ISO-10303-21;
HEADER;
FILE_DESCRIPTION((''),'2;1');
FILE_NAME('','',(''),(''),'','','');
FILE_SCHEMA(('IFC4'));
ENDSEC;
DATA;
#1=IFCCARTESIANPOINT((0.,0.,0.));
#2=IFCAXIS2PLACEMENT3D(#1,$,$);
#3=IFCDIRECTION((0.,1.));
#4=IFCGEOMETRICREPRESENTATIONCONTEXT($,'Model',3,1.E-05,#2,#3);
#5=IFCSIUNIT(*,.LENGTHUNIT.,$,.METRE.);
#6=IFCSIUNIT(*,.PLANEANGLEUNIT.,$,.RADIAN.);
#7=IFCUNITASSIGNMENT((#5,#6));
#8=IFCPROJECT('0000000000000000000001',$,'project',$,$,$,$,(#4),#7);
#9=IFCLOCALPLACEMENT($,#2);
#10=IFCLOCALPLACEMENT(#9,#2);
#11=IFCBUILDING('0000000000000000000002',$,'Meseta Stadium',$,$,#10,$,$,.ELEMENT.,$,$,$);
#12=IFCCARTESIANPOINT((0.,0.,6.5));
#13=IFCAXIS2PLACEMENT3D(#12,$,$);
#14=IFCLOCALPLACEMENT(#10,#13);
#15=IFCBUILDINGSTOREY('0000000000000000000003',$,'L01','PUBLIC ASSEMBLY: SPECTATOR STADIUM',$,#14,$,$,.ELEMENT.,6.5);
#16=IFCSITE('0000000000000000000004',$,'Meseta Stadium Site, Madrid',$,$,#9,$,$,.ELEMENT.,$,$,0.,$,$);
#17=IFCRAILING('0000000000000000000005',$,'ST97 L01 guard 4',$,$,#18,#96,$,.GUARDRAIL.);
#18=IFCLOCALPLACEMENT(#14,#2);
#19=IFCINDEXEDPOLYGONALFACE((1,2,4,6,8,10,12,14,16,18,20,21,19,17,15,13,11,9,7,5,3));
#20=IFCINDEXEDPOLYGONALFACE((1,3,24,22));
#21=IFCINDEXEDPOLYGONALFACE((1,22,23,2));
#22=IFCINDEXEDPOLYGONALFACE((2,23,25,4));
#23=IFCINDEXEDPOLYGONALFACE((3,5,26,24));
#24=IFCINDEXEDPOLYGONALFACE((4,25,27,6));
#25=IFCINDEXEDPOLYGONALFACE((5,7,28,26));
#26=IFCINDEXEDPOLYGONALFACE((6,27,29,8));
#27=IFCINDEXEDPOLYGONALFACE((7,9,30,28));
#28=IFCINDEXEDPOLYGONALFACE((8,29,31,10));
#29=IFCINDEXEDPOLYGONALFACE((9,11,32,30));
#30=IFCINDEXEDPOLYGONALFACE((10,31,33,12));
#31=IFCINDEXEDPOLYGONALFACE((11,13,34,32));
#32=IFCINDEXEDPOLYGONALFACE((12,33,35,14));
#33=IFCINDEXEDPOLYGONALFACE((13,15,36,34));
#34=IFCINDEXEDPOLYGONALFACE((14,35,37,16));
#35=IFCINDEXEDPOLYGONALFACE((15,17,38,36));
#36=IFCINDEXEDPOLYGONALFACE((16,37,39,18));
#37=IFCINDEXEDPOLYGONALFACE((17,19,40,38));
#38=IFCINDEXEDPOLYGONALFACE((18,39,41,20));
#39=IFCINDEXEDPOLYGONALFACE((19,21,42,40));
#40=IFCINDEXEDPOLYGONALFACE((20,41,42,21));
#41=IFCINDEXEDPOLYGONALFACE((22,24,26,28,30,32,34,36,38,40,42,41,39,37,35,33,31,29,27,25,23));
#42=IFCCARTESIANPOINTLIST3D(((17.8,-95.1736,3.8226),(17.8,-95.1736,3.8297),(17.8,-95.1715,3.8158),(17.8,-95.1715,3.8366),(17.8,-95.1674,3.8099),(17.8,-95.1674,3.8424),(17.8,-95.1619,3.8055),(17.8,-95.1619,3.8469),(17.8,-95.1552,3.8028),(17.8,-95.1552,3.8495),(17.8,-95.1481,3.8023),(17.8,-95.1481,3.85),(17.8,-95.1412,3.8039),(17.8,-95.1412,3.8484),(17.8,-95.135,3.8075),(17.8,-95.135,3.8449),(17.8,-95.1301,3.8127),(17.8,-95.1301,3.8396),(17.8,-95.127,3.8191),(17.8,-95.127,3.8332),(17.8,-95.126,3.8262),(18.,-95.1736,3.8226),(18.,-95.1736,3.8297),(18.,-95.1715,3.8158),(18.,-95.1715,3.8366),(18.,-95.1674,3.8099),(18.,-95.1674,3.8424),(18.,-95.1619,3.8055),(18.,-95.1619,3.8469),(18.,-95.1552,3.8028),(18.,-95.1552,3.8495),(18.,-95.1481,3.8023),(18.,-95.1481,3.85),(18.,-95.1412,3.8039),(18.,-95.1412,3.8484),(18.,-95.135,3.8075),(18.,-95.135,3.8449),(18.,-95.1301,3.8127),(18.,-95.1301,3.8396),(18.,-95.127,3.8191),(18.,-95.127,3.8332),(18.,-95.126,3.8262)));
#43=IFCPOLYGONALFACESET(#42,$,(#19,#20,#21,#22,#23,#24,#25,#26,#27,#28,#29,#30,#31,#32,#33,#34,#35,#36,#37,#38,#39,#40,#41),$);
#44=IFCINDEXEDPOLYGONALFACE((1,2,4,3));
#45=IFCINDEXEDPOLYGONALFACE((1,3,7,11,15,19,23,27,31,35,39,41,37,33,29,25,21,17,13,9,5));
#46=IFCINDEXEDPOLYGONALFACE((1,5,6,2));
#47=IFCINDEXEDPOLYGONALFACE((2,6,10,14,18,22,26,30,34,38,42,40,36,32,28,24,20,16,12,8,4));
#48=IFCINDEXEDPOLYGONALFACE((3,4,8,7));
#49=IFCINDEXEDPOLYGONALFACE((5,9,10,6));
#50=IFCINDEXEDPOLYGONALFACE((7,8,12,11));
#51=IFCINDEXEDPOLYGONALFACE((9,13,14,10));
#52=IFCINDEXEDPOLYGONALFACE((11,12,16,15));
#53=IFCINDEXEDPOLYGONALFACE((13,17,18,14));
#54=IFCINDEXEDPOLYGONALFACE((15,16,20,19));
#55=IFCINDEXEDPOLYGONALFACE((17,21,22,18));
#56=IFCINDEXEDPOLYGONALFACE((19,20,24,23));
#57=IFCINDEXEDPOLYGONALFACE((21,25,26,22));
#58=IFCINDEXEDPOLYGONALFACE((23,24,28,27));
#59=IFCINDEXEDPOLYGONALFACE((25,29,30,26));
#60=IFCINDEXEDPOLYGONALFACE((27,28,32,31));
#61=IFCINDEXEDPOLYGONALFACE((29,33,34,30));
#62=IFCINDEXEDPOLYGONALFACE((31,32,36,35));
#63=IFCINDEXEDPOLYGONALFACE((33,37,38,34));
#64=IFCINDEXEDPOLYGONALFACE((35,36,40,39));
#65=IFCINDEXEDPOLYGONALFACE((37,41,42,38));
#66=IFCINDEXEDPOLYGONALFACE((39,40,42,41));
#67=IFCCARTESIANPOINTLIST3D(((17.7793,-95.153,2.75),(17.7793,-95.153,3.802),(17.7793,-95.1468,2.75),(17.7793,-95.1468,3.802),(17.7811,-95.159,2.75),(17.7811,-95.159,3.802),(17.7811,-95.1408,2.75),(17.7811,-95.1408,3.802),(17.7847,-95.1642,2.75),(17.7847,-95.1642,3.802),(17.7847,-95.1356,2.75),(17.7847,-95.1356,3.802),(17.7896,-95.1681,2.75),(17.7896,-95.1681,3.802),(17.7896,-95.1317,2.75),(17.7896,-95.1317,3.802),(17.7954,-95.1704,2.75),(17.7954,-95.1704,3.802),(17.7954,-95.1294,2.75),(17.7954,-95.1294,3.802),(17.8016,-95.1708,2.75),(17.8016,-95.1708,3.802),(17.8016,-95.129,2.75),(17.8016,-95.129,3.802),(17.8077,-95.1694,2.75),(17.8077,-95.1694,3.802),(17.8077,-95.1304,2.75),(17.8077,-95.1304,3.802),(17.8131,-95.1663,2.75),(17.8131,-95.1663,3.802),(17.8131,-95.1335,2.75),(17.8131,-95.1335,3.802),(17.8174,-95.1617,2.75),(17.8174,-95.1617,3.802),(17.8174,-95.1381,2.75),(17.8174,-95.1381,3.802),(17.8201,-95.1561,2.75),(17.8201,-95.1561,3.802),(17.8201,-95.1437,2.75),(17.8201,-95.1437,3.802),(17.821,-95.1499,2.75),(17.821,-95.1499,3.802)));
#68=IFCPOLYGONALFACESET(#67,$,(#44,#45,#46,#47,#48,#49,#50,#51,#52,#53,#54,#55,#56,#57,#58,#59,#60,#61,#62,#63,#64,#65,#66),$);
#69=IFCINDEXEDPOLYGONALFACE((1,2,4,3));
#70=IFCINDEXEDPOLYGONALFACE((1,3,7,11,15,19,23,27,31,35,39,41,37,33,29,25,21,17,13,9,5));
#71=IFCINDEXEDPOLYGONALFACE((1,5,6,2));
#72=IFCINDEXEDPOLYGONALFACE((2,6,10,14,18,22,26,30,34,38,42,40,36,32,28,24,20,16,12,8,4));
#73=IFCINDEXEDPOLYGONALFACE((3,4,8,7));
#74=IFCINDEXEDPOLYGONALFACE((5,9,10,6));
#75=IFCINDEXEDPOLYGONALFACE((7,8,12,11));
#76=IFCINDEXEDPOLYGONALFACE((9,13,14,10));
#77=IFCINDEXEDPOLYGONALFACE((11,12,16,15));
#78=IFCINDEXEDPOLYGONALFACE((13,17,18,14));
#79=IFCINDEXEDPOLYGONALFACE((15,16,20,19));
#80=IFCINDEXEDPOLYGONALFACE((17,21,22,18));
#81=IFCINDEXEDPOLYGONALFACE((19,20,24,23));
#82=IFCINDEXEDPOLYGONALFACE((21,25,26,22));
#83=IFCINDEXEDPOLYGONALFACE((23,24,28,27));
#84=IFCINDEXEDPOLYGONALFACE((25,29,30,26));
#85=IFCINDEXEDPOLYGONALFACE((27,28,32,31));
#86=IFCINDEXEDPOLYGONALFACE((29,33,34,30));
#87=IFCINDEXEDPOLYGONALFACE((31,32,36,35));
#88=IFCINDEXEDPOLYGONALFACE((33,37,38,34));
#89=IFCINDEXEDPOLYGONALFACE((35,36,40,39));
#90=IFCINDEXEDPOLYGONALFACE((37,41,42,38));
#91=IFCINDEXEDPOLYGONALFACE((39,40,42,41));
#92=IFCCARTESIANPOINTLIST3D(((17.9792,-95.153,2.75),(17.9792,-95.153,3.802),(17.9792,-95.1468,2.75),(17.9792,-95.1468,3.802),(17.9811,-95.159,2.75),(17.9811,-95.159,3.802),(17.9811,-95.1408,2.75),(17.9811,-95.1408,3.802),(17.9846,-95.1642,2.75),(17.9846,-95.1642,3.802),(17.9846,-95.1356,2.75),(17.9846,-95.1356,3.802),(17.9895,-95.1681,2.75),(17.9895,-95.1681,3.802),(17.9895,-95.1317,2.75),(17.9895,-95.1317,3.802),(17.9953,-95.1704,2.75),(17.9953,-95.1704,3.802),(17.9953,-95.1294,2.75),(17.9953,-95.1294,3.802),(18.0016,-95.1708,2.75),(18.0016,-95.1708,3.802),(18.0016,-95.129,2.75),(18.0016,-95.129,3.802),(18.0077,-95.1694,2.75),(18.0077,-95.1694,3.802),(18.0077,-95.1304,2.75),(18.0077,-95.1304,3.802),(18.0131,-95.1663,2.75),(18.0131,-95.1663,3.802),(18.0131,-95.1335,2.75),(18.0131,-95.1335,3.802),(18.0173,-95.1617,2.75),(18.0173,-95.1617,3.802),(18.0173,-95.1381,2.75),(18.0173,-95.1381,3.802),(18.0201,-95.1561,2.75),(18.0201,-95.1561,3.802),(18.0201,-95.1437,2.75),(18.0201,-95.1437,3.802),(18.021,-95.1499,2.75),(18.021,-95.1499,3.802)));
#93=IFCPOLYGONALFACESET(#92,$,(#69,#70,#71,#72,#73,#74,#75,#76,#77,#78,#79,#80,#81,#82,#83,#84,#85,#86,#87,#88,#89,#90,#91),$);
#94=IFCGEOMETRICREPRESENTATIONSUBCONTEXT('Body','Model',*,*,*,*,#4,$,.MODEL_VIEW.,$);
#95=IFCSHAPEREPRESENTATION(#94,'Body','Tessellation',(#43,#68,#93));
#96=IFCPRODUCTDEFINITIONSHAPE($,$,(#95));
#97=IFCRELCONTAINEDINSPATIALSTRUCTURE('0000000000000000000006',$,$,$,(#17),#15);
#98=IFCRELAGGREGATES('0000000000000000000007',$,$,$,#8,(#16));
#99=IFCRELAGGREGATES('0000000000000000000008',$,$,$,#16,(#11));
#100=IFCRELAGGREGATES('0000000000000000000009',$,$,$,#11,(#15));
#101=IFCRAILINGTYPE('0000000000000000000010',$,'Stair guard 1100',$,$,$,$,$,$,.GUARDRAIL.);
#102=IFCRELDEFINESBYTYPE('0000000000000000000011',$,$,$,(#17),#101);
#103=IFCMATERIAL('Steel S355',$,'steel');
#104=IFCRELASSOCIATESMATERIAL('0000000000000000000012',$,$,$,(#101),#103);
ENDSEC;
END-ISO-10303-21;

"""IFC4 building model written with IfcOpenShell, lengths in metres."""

from ifc_helpers import new_model, si_unit, direction, frame, origin, origin_2d, place, context, subcontext, project, spatial, circle, extrude, material, type_object, element, save


model = new_model("IFC4")

# Units and contexts
model_context = context("Model", 3, precision=1e-05, world=origin(), true_north=direction((0.0, 1.0)))
body_context = subcontext(model_context, "Body", "Model", "MODEL_VIEW")
ifc_project = project(units=[si_unit("LENGTHUNIT", "METRE"), si_unit("PLANEANGLEUNIT", "RADIAN")], contexts=[model_context])

# Site, building, storey
site_placement = place(None, origin())
site = spatial("IfcSite", under=ifc_project, at=site_placement, Name="Meseta Stadium Site, Madrid", CompositionType="ELEMENT", RefElevation=0.0)
building_placement = place(site_placement, origin())
building = spatial("IfcBuilding", under=site, at=building_placement, Name="Meseta Stadium", CompositionType="ELEMENT")
storey_placement = place(building_placement, frame((0.0, 0.0, 6.5)))
storey = spatial("IfcBuildingStorey", under=building, at=storey_placement, Name="L01", Description="PUBLIC ASSEMBLY: SPECTATOR STADIUM", CompositionType="ELEMENT", Elevation=6.5)

# Railing
ifc_material_1 = material(Name="Steel S355", Category="steel")
railing_type_1 = type_object("IfcRailingType", Name="Stair guard 1100", PredefinedType="GUARDRAIL", material=ifc_material_1)
railing_1_placement = place(storey_placement, frame((17.8, -95.1499, 2.75)))
element("IfcRailing", 1, at=railing_1_placement, inside=storey, type_object=railing_type_1, Name="ST97 L01 guard 4", PredefinedType="GUARDRAIL", context=body_context, shape_type="SweptSolid", body=[
    extrude(circle(Radius=0.0239, at=origin_2d()), frame((0.0, 0.0, 1.0762), z_axis=(1.0, 0.0, 0.0), x_axis=(0.0, 1.0, 0.0)), (0.0, 0.0, 1.0), 0.2),
    extrude(circle(Radius=0.021, at=origin_2d()), origin(), (0.0, 0.0, 1.0), 1.052),
    extrude(circle(Radius=0.021, at=origin_2d()), frame((0.2, 0.0, 0.0)), (0.0, 0.0, 1.0), 1.052),
])

save(model, "model.ifc")
